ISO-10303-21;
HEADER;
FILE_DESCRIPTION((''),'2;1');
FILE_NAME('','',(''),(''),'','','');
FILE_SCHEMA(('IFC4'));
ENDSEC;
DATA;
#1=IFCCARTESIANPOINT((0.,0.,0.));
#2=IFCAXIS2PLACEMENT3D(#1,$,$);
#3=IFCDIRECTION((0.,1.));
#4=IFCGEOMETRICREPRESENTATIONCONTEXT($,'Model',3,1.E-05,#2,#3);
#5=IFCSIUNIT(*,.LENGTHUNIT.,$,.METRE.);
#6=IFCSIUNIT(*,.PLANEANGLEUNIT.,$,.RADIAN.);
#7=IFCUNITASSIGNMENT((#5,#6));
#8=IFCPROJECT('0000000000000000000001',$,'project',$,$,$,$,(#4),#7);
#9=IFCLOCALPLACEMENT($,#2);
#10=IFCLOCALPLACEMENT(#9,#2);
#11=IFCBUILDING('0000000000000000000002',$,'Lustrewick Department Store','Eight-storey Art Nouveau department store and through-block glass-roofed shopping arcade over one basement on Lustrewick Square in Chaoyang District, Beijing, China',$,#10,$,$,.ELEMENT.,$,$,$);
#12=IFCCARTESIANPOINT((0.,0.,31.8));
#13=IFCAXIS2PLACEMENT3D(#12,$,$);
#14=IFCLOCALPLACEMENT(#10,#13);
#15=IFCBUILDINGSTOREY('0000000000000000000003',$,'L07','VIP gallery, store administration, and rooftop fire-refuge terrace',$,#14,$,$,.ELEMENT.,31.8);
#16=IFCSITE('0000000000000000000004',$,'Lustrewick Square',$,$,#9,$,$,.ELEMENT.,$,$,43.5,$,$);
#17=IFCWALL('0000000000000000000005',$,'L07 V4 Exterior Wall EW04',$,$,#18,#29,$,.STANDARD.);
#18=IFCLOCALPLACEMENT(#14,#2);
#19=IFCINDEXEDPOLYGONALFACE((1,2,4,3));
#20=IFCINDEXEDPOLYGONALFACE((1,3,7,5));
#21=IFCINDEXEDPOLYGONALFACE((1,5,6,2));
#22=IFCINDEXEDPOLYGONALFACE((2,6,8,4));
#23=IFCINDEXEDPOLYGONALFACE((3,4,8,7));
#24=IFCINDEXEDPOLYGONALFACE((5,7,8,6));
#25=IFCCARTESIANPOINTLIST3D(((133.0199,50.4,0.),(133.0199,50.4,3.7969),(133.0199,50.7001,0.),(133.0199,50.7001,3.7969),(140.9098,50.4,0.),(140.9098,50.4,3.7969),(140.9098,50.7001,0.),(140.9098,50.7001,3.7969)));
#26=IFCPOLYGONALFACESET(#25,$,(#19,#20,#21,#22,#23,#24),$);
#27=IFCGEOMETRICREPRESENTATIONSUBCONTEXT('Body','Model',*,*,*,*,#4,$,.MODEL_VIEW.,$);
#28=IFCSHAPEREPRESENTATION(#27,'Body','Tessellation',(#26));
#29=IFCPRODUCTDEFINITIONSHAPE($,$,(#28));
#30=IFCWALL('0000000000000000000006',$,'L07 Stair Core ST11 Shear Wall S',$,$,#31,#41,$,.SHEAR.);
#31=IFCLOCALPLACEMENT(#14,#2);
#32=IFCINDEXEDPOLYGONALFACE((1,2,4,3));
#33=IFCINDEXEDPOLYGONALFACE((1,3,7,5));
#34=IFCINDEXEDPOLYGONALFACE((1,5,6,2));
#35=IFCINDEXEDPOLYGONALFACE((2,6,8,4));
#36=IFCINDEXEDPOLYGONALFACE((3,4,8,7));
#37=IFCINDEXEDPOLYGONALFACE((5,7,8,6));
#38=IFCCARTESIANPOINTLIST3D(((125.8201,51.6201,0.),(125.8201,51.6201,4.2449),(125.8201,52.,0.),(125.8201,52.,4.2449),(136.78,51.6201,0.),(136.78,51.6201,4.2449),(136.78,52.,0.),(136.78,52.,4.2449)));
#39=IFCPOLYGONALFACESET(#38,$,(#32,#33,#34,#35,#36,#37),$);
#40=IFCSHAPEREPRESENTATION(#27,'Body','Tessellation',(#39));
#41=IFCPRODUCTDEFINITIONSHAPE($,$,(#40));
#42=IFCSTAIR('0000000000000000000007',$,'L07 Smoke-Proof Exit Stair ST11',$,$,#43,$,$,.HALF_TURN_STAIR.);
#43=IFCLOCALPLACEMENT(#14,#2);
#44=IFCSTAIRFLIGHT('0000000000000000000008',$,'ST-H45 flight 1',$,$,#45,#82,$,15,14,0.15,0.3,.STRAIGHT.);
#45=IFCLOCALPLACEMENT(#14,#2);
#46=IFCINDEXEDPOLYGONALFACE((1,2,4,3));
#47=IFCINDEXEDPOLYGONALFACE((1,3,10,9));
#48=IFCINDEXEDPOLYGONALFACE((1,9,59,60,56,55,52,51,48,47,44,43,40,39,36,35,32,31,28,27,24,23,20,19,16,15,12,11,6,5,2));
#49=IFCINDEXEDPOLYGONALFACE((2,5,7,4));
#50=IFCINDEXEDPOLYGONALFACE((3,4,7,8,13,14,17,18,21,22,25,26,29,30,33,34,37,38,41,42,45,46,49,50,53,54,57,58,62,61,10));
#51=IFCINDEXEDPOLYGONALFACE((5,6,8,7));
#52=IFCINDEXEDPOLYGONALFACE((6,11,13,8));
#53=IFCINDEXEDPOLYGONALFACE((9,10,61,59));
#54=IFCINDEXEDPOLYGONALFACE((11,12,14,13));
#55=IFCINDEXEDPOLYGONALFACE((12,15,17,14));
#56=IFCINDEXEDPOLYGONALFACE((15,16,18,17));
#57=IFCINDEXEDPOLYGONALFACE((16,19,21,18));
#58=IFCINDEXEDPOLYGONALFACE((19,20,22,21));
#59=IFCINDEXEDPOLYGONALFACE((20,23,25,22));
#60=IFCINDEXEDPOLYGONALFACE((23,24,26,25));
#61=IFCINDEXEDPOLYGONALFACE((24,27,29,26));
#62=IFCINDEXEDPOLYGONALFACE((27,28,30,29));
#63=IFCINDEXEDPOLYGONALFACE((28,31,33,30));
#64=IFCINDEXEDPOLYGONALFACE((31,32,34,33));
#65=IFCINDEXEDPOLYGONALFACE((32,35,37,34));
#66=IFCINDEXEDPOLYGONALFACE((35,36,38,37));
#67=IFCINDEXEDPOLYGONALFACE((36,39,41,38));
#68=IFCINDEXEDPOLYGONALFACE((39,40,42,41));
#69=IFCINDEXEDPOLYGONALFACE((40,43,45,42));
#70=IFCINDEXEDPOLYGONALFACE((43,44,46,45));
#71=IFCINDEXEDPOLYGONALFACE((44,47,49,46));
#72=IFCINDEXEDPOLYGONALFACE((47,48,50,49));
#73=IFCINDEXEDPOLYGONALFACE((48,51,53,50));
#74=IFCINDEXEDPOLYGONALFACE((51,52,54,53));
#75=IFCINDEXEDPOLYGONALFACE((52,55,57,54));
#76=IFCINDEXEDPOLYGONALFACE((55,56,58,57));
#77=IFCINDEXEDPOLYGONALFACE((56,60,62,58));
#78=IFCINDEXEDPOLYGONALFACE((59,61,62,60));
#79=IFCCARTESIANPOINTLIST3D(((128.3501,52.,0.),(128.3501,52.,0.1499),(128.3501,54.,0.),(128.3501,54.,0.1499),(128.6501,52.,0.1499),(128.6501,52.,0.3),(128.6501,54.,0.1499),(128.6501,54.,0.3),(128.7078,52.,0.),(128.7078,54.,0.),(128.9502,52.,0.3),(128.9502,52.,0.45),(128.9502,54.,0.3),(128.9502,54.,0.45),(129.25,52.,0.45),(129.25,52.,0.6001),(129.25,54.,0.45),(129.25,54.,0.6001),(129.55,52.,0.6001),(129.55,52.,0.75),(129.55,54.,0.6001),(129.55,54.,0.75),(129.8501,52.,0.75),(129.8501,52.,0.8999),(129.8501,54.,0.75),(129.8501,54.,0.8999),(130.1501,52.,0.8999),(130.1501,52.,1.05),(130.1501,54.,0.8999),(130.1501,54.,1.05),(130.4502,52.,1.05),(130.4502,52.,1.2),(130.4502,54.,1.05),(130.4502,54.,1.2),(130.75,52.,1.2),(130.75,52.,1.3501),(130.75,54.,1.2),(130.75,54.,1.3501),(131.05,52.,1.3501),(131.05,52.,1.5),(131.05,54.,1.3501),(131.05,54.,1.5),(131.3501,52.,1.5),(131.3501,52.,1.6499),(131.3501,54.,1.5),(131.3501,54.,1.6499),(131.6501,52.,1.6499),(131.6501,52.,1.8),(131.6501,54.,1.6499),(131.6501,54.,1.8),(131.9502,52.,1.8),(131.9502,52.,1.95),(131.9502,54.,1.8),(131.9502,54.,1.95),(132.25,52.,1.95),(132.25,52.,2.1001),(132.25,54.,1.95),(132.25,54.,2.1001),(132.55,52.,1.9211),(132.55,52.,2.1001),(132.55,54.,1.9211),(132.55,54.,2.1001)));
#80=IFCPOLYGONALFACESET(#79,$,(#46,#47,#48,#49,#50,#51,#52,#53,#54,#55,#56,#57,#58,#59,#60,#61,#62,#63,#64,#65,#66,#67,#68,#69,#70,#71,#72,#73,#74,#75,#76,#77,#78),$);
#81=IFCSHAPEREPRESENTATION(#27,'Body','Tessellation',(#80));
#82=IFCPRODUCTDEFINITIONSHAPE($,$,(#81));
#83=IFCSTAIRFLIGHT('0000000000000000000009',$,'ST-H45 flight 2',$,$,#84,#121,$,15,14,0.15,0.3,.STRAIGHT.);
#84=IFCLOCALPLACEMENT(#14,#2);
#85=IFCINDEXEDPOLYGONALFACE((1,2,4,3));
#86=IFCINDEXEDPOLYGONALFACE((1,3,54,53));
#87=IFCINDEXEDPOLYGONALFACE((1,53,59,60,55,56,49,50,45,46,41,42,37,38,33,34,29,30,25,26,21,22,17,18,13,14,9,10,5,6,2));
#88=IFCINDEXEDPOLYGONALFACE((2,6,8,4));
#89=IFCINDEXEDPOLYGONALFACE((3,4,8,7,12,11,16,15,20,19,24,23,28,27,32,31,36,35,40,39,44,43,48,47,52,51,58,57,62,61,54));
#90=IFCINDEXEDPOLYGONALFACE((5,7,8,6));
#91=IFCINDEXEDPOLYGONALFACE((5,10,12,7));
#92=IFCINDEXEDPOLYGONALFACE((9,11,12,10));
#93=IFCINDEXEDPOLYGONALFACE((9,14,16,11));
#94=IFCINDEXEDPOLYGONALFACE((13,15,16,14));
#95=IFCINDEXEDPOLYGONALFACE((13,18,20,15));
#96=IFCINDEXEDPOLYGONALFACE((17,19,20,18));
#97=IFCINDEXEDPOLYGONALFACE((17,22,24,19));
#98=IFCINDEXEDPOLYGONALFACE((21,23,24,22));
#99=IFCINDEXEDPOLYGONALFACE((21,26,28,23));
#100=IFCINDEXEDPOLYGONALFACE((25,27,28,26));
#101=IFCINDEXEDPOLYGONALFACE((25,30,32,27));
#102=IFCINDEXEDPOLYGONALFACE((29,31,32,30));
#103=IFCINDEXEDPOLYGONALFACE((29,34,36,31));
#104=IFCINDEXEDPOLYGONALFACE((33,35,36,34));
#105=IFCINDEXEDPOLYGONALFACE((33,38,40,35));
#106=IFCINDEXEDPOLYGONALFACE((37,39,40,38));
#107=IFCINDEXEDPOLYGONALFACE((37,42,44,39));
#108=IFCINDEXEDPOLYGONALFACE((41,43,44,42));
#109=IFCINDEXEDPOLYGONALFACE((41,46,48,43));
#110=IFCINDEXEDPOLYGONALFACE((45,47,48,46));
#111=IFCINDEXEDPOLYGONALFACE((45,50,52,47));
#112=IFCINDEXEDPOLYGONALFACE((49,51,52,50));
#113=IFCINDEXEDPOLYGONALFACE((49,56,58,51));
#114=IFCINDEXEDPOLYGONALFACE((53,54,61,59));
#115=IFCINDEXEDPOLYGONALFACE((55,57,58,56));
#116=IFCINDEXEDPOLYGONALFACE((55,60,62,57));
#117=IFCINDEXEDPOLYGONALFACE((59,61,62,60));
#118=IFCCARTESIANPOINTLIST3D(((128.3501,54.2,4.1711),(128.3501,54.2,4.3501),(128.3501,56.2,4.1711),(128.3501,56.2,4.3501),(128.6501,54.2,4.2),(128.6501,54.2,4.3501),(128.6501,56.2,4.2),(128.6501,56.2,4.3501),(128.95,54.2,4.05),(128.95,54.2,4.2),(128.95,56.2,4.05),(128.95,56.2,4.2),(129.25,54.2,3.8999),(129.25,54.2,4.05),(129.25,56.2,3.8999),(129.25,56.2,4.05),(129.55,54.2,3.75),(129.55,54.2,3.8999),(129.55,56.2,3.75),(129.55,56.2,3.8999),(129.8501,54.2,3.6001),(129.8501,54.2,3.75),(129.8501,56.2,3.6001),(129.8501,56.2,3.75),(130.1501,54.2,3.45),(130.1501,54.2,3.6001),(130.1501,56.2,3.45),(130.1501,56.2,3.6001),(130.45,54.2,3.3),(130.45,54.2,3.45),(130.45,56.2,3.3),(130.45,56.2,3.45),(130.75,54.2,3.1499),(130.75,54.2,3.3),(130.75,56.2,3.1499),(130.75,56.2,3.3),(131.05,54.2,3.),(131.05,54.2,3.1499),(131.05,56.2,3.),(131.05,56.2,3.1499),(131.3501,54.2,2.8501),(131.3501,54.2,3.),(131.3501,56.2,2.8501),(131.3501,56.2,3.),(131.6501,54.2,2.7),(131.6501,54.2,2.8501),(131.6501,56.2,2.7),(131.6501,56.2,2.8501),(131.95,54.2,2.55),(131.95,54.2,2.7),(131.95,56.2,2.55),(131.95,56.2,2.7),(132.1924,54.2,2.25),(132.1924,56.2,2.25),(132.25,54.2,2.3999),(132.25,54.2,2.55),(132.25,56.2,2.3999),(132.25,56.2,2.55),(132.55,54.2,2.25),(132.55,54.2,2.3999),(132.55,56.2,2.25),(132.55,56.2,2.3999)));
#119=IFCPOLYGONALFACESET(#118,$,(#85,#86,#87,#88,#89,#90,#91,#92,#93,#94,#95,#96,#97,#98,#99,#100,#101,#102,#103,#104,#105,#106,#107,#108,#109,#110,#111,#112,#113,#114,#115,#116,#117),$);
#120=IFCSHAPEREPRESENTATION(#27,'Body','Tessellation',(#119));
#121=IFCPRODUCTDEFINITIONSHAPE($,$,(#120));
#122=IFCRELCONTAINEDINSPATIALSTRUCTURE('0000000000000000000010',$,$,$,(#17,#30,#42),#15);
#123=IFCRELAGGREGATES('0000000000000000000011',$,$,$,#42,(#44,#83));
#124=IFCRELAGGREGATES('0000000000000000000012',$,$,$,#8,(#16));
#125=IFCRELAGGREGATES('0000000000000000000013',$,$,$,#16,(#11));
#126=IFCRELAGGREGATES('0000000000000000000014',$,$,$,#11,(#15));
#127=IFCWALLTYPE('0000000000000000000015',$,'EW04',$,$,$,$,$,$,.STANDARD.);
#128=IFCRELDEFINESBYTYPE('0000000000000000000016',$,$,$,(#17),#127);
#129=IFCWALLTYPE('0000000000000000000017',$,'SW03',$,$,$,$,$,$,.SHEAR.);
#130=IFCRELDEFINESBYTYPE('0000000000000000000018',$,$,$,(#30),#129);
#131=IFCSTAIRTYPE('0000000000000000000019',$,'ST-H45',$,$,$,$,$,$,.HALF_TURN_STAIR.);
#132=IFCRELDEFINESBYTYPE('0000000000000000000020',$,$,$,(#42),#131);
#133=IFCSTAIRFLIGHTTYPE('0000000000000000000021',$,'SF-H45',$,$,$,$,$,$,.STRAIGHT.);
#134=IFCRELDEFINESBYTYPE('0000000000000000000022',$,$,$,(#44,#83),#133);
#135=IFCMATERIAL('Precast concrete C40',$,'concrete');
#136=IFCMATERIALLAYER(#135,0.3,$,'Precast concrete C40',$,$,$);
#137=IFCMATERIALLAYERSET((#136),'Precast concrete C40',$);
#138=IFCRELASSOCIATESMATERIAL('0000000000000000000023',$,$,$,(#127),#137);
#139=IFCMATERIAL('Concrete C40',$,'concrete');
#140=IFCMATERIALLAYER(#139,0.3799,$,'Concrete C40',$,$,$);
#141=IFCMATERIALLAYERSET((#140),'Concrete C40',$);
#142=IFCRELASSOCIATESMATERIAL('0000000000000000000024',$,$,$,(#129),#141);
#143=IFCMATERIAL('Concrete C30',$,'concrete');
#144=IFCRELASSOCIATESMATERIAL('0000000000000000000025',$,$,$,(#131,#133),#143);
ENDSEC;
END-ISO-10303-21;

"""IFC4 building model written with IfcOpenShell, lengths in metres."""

from ifc_helpers import new_model, si_unit, direction, frame, frame_2d, origin, place, context, subcontext, project, spatial, polyline, rectangle, outline, extrude, material, layer, layer_set, type_object, element, aggregate, save


model = new_model("IFC4")

# Units and contexts
model_context = context("Model", 3, precision=1e-05, world=origin(), true_north=direction((0.0, 1.0)))
body_context = subcontext(model_context, "Body", "Model", "MODEL_VIEW")
ifc_project = project(units=[si_unit("LENGTHUNIT", "METRE"), si_unit("PLANEANGLEUNIT", "RADIAN")], contexts=[model_context])

# Site, building, storey
site_placement = place(None, origin())
site = spatial("IfcSite", under=ifc_project, at=site_placement, Name="Lustrewick Square", CompositionType="ELEMENT", RefElevation=43.5)
building_placement = place(site_placement, origin())
building = spatial("IfcBuilding", under=site, at=building_placement, Name="Lustrewick Department Store", Description="Eight-storey Art Nouveau department store and through-block glass-roofed shopping arcade over one basement on Lustrewick Square in Chaoyang District, Beijing, China", CompositionType="ELEMENT")
storey_placement = place(building_placement, frame((0.0, 0.0, 31.8)))
storey = spatial("IfcBuildingStorey", under=building, at=storey_placement, Name="L07", Description="VIP gallery, store administration, and rooftop fire-refuge terrace", CompositionType="ELEMENT", Elevation=31.8)

# Walls
ifc_material_1 = material(Name="Precast concrete C40", Category="concrete")
ifc_layer_1 = layer(ifc_material_1, 0.3, Name="Precast concrete C40")
ifc_layer_set_1 = layer_set([ifc_layer_1], Name="Precast concrete C40")
wall_type_1 = type_object("IfcWallType", Name="EW04", PredefinedType="STANDARD", material=ifc_layer_set_1)
wall_1_placement = place(storey_placement, frame((133.02, 50.55, 0.0), z_axis=(0.0, 0.0, 1.0), x_axis=(1.0, 0.0, 0.0)))
element("IfcWall", 1, at=wall_1_placement, inside=storey, type_object=wall_type_1, Name="L07 V4 Exterior Wall EW04", PredefinedType="STANDARD", context=body_context, shape_type="SweptSolid", body=[
    extrude(rectangle(XDim=7.8899, YDim=0.3, at=frame_2d((3.9448, 0.0))), origin(), (0.0, 0.0, 1.0), 3.7969),
])
ifc_material_2 = material(Name="Concrete C40", Category="concrete")
ifc_layer_2 = layer(ifc_material_2, 0.3799, Name="Concrete C40")
ifc_layer_set_2 = layer_set([ifc_layer_2], Name="Concrete C40")
wall_type_2 = type_object("IfcWallType", Name="SW03", PredefinedType="SHEAR", material=ifc_layer_set_2)
wall_2_placement = place(storey_placement, frame((125.8201, 51.8101, 0.0), z_axis=(0.0, 0.0, 1.0), x_axis=(1.0, 0.0, 0.0)))
element("IfcWall", 2, at=wall_2_placement, inside=storey, type_object=wall_type_2, Name="L07 Stair Core ST11 Shear Wall S", PredefinedType="SHEAR", context=body_context, shape_type="SweptSolid", body=[
    extrude(rectangle(XDim=10.96, YDim=0.3799, at=frame_2d((5.48, 0.0))), origin(), (0.0, 0.0, 1.0), 4.2449),
])

# Stair, stair flights
ifc_material_3 = material(Name="Concrete C30", Category="concrete")
stair_type = type_object("IfcStairType", Name="ST-H45", PredefinedType="HALF_TURN_STAIR", material=ifc_material_3)
stair_placement = place(storey_placement, origin())
stair = element("IfcStair", 3, at=stair_placement, inside=storey, type_object=stair_type, Name="L07 Smoke-Proof Exit Stair ST11", PredefinedType="HALF_TURN_STAIR")
stair_flight_type = type_object("IfcStairFlightType", Name="SF-H45", PredefinedType="STRAIGHT", material=ifc_material_3)
stair_flight_1_placement = place(storey_placement, frame((128.3501, 53.0, 0.0), z_axis=(0.0, 0.0, 1.0), x_axis=(1.0, 0.0, 0.0)))
stair_flight_1 = element("IfcStairFlight", 4, at=stair_flight_1_placement, type_object=stair_flight_type, Name="ST-H45 flight 1", NumberOfRisers=15, NumberOfTreads=14, PredefinedType="STRAIGHT", RiserHeight=0.15, TreadLength=0.3, context=body_context, shape_type="SweptSolid", body=[
    extrude(outline(polyline([(0.0, 0.0), (0.0, 0.1499), (0.3, 0.1499), (0.3, 0.3), (0.6001, 0.3), (0.6001, 0.45), (0.8999, 0.45), (0.8999, 0.6001), (1.2, 0.6001), (1.2, 0.75), (1.5, 0.75), (1.5, 0.8999), (1.8, 0.8999), (1.8, 1.05), (2.1001, 1.05), (2.1001, 1.2), (2.3999, 1.2), (2.3999, 1.3501), (2.7, 1.3501), (2.7, 1.5), (3.0, 1.5), (3.0, 1.6499), (3.3, 1.6499), (3.3, 1.8), (3.6001, 1.8), (3.6001, 1.95), (3.8999, 1.95), (3.8999, 2.1001), (4.2, 2.1001), (4.2, 2.25), (4.2, 1.9211), (0.3577, 0.0), (0.0, 0.0)])), frame((0.0, 1.0, 0.0), z_axis=(0.0, -1.0, 0.0), x_axis=(1.0, 0.0, 0.0)), (0.0, 0.0, 1.0), 2.0),
])
stair_flight_2_placement = place(storey_placement, frame((132.55, 55.2, 2.25), z_axis=(0.0, 0.0, 1.0), x_axis=(-1.0, 0.0, 0.0)))
stair_flight_2 = element("IfcStairFlight", 5, at=stair_flight_2_placement, type_object=stair_flight_type, Name="ST-H45 flight 2", NumberOfRisers=15, NumberOfTreads=14, PredefinedType="STRAIGHT", RiserHeight=0.15, TreadLength=0.3, context=body_context, shape_type="SweptSolid", body=[
    extrude(outline(polyline([(0.0, 0.0), (0.0, 0.1499), (0.3, 0.1499), (0.3, 0.3), (0.6001, 0.3), (0.6001, 0.45), (0.8999, 0.45), (0.8999, 0.6001), (1.2, 0.6001), (1.2, 0.75), (1.5, 0.75), (1.5, 0.8999), (1.8, 0.8999), (1.8, 1.05), (2.1001, 1.05), (2.1001, 1.2), (2.3999, 1.2), (2.3999, 1.3501), (2.7, 1.3501), (2.7, 1.5), (3.0, 1.5), (3.0, 1.6499), (3.3, 1.6499), (3.3, 1.8), (3.6001, 1.8), (3.6001, 1.95), (3.8999, 1.95), (3.8999, 2.1001), (4.2, 2.1001), (4.2, 2.25), (4.2, 1.9211), (0.3577, 0.0), (0.0, 0.0)])), frame((0.0, 1.0, 0.0), z_axis=(0.0, -1.0, 0.0), x_axis=(1.0, 0.0, 0.0)), (0.0, 0.0, 1.0), 2.0),
])
aggregate(stair, [stair_flight_1, stair_flight_2])

save(model, "model.ifc")
